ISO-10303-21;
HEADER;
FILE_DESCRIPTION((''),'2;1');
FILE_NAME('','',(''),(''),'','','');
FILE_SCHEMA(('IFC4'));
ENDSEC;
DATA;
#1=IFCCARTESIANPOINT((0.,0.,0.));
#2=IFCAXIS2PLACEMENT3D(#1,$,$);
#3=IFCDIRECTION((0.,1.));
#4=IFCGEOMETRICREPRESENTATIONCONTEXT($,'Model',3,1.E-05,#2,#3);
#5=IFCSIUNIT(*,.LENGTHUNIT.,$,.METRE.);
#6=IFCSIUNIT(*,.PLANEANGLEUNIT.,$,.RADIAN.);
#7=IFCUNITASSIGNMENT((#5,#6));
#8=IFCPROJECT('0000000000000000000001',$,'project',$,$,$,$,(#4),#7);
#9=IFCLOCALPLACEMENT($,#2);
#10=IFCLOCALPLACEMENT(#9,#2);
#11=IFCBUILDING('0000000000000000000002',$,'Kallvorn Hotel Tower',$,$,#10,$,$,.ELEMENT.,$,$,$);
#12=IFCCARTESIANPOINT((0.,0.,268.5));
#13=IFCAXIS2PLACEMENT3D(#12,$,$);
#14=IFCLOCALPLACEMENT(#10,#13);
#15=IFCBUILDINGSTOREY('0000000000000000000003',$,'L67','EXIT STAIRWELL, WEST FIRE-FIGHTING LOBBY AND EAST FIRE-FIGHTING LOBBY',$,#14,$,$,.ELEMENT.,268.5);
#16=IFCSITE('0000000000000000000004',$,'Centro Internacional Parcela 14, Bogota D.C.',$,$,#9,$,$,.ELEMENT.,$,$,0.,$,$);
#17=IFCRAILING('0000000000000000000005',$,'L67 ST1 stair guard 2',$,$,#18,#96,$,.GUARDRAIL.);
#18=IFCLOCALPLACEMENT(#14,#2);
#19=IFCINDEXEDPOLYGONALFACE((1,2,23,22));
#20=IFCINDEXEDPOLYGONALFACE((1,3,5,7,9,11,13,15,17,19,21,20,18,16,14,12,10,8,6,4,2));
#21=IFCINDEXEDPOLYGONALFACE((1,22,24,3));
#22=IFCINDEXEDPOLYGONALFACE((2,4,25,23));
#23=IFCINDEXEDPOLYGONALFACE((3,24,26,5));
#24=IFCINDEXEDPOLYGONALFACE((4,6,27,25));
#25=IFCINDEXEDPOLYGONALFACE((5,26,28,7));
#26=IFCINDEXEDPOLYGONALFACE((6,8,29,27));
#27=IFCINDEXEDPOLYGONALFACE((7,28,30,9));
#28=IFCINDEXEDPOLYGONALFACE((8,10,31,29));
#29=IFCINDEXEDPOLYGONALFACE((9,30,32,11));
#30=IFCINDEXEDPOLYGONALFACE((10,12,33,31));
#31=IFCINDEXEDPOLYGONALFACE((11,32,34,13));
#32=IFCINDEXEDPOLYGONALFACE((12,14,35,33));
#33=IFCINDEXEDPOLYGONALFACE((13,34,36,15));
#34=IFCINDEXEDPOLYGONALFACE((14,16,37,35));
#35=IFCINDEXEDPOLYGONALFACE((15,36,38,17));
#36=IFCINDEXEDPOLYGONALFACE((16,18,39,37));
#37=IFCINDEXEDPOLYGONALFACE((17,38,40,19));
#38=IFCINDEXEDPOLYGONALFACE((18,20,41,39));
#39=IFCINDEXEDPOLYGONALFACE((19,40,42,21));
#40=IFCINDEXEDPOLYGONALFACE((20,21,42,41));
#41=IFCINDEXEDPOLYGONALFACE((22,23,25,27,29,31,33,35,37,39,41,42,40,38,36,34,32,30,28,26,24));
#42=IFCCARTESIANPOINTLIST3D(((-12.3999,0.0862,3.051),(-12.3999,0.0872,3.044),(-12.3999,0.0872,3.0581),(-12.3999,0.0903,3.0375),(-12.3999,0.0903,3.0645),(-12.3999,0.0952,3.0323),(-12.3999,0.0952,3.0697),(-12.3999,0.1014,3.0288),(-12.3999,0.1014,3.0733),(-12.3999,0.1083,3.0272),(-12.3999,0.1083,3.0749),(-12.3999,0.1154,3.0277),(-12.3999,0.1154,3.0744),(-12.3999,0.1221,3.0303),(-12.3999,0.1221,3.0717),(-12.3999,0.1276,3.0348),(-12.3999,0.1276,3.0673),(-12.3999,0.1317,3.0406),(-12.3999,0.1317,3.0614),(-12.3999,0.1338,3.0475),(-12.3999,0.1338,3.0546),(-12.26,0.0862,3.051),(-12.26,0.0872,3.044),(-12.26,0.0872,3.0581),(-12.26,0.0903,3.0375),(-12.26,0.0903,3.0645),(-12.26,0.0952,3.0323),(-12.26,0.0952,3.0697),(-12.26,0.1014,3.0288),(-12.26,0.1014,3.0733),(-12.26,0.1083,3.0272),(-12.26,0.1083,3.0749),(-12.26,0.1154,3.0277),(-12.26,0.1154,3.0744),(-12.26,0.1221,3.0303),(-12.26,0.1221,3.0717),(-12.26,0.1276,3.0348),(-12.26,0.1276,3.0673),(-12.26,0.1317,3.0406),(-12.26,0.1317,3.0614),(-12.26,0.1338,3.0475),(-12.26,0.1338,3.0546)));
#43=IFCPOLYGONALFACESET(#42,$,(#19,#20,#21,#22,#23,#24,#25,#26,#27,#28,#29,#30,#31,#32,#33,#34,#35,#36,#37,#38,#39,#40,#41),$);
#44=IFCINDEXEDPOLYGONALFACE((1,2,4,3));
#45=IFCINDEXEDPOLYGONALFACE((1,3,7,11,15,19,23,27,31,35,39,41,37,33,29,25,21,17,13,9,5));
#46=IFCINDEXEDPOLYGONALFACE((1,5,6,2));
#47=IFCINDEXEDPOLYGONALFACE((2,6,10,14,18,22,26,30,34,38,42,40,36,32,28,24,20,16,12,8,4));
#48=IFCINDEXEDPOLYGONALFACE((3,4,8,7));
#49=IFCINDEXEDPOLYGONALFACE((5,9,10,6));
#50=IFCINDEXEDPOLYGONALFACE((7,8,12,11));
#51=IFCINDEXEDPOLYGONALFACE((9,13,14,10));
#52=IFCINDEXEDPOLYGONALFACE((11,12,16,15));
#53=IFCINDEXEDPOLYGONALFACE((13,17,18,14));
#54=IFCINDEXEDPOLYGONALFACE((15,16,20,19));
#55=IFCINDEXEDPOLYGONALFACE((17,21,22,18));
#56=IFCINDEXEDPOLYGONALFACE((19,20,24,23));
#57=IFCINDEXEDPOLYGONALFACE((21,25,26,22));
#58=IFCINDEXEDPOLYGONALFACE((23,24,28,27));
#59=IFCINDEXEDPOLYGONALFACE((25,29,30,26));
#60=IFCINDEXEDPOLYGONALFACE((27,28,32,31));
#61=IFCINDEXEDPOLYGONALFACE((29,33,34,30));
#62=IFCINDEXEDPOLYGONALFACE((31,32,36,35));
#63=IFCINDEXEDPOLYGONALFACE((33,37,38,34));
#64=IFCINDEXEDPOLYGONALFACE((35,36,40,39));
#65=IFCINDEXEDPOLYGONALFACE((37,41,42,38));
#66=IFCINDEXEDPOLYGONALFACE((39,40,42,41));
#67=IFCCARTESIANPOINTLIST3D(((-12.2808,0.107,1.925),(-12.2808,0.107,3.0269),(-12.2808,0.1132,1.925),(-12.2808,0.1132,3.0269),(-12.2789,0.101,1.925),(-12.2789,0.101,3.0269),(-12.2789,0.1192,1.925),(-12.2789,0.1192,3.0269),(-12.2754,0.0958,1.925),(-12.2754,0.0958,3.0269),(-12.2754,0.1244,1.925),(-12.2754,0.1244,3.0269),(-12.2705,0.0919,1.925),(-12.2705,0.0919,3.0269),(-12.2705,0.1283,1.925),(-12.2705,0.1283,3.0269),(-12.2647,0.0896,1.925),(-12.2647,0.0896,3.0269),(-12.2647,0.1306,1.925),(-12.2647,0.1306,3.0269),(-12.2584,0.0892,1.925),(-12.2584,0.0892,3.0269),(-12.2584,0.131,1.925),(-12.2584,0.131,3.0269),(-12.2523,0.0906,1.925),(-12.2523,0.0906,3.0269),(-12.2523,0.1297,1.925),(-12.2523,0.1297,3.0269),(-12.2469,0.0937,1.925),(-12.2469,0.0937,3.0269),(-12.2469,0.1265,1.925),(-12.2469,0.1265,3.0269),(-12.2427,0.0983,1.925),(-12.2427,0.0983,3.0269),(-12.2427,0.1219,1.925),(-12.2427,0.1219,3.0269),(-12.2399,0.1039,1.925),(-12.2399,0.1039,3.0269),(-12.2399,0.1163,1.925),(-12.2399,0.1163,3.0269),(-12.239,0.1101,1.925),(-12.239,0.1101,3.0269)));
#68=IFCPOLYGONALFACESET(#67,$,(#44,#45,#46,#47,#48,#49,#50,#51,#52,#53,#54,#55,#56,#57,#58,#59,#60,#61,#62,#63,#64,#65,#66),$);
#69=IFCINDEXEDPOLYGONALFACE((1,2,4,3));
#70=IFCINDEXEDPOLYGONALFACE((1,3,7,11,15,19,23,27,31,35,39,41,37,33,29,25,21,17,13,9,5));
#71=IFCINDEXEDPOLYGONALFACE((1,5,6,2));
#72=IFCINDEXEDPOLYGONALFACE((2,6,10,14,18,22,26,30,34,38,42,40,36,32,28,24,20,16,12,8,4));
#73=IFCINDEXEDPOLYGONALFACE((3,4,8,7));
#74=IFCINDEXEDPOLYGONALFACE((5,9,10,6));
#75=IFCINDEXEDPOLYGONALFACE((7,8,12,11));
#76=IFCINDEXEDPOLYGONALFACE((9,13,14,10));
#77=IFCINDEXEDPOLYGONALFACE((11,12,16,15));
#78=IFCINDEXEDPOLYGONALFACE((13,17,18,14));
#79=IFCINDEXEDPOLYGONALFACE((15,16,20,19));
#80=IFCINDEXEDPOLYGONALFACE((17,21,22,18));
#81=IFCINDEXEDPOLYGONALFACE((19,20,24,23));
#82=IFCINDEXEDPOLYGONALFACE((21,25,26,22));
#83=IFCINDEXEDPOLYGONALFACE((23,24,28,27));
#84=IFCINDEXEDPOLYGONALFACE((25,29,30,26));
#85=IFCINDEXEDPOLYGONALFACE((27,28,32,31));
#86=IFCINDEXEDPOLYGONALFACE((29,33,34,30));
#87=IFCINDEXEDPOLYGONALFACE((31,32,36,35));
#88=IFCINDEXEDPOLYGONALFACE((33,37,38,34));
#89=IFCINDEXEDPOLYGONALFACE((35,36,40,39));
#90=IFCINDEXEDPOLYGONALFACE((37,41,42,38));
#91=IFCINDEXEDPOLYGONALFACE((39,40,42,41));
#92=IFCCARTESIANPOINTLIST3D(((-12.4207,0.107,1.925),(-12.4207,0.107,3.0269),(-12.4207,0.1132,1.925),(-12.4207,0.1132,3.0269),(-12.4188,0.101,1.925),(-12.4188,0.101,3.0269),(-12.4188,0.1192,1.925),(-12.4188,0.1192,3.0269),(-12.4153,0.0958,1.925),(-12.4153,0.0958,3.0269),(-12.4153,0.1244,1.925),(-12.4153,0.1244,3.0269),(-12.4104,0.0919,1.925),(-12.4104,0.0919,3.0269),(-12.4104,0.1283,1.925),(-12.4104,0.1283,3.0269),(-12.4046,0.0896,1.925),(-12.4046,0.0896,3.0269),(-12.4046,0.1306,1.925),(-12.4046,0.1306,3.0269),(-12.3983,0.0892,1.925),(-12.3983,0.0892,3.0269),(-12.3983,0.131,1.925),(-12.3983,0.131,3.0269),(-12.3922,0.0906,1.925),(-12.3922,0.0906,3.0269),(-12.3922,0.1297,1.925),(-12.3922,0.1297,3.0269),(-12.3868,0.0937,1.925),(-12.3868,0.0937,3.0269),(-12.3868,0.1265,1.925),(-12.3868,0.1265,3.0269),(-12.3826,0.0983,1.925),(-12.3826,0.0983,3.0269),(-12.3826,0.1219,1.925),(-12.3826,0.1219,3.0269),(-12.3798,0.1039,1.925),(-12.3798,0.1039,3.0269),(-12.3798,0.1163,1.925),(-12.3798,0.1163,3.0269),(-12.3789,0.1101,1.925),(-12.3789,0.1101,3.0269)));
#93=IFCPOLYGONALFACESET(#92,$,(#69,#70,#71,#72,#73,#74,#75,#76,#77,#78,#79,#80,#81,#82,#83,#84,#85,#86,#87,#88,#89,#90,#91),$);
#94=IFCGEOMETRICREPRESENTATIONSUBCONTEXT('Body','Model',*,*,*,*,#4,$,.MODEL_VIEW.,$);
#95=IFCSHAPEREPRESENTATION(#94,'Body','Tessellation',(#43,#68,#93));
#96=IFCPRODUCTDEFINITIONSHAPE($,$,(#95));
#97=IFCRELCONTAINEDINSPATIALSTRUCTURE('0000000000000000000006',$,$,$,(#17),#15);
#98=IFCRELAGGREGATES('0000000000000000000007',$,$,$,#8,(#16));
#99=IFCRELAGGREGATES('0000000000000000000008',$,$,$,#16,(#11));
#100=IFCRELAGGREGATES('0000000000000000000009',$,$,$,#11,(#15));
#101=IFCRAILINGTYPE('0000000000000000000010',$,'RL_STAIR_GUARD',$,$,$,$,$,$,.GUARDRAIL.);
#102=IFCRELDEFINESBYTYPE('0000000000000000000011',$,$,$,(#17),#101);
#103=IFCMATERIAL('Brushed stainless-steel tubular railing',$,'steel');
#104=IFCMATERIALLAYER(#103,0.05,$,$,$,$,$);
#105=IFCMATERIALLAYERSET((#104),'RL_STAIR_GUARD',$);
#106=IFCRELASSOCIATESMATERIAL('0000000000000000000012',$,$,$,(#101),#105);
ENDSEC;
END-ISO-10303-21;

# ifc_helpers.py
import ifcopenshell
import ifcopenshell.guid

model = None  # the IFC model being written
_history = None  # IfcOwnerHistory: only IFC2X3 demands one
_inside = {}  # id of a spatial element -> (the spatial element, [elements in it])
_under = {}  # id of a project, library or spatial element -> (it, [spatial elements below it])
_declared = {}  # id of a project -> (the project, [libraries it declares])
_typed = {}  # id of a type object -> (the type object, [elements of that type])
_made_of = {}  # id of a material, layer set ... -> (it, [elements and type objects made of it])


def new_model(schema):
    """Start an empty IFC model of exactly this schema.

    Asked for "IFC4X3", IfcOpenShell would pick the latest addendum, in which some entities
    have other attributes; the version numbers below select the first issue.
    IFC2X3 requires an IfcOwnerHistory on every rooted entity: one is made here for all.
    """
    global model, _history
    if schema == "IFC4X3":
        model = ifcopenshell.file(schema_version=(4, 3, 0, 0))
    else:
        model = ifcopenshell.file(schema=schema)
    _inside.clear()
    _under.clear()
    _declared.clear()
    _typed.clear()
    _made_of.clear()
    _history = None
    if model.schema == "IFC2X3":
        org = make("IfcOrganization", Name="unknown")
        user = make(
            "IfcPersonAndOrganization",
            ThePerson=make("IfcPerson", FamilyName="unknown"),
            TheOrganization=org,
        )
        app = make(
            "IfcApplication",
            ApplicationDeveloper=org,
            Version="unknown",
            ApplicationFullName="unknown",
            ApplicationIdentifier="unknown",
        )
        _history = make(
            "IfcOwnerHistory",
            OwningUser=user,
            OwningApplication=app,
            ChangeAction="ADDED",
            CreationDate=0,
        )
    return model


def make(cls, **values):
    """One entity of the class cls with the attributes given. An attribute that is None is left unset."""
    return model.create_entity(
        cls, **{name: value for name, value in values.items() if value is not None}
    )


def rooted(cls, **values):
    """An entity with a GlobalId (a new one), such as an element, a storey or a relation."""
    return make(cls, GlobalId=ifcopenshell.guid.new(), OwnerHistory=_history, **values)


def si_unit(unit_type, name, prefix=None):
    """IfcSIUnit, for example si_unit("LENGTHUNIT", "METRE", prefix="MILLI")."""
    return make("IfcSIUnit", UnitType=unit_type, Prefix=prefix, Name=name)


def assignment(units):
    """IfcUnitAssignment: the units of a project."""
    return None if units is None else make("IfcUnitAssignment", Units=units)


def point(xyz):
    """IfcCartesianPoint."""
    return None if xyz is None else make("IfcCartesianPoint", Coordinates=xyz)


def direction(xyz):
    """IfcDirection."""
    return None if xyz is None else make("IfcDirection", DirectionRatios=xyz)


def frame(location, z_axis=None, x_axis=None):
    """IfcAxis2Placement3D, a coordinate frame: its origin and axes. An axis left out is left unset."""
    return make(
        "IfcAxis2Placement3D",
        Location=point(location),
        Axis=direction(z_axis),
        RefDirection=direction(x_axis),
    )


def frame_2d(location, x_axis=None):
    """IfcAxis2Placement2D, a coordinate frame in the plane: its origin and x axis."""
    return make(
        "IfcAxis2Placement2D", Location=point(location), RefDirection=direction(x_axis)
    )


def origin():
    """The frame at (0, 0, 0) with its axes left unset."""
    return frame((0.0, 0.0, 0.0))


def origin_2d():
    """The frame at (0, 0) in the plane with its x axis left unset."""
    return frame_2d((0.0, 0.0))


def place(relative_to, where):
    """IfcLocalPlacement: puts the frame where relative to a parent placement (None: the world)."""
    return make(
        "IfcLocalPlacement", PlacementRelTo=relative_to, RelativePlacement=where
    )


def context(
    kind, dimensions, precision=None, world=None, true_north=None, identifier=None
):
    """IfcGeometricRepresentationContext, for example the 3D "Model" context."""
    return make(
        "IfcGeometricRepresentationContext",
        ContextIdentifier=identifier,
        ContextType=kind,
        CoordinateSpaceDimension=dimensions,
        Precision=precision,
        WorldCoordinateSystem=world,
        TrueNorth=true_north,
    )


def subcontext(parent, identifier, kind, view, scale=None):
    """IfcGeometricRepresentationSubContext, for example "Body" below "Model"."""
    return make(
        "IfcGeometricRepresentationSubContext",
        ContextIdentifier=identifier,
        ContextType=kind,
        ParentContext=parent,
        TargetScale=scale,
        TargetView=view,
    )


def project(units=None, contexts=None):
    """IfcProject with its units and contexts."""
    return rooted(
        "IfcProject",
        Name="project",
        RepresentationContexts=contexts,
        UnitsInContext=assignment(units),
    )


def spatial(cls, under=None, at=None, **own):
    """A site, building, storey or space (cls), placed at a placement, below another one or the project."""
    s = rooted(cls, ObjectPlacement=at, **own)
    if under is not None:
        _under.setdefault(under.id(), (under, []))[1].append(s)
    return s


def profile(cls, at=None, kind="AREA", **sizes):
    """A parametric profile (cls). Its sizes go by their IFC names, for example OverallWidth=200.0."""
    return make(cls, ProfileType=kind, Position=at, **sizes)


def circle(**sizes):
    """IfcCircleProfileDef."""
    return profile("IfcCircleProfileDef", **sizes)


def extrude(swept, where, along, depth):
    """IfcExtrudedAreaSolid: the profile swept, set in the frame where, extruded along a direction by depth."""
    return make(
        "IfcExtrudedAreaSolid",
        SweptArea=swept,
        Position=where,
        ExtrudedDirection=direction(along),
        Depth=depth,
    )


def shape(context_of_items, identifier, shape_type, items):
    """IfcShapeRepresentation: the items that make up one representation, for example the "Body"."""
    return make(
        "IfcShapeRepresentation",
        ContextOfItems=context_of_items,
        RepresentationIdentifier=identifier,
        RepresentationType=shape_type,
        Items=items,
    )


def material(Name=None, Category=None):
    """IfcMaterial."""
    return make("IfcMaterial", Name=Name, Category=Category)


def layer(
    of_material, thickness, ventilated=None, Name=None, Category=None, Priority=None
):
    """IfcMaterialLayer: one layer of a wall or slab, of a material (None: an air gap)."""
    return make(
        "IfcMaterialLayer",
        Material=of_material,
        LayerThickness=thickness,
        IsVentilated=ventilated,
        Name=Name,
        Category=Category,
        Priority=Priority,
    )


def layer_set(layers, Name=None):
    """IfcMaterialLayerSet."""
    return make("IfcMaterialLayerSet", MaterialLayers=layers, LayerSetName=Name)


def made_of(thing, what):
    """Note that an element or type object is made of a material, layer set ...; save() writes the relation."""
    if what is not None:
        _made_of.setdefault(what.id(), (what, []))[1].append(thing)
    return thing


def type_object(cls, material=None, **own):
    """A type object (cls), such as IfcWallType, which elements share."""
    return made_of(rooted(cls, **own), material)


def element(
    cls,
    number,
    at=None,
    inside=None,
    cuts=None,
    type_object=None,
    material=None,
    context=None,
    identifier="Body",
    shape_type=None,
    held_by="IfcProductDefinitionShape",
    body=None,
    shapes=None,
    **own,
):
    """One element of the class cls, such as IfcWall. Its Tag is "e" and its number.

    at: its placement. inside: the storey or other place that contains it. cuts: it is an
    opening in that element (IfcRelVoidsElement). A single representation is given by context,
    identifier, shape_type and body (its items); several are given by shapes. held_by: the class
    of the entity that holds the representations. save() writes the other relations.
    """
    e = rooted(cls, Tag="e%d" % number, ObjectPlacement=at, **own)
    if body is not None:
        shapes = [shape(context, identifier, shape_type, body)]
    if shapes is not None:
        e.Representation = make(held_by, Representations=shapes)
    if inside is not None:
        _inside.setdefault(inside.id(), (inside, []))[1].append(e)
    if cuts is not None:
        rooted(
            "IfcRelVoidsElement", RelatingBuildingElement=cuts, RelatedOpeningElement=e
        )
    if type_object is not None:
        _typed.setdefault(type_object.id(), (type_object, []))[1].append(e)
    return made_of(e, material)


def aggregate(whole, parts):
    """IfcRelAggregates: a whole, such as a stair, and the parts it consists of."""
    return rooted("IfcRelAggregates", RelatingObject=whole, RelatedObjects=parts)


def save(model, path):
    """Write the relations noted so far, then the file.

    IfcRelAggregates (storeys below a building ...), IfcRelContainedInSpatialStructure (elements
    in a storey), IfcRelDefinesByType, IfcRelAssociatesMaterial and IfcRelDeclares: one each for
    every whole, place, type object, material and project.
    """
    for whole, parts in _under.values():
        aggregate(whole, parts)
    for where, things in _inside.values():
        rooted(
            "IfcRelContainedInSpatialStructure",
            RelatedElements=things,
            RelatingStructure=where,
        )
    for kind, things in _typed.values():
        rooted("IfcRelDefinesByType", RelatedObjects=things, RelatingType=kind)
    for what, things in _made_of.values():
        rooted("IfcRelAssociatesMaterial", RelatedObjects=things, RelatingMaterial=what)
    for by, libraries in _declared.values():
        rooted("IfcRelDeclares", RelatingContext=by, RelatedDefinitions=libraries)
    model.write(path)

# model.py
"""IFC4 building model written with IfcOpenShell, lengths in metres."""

from ifc_helpers import new_model, si_unit, direction, frame, origin, origin_2d, place, context, subcontext, project, spatial, circle, extrude, material, layer, layer_set, type_object, element, save


model = new_model("IFC4")

# Units and contexts
model_context = context("Model", 3, precision=1e-05, world=origin(), true_north=direction((0.0, 1.0)))
body_context = subcontext(model_context, "Body", "Model", "MODEL_VIEW")
ifc_project = project(units=[si_unit("LENGTHUNIT", "METRE"), si_unit("PLANEANGLEUNIT", "RADIAN")], contexts=[model_context])

# Site, building, storey
site_placement = place(None, origin())
site = spatial("IfcSite", under=ifc_project, at=site_placement, Name="Centro Internacional Parcela 14, Bogota D.C.", CompositionType="ELEMENT", RefElevation=0.0)
building_placement = place(site_placement, origin())
building = spatial("IfcBuilding", under=site, at=building_placement, Name="Kallvorn Hotel Tower", CompositionType="ELEMENT")
storey_placement = place(building_placement, frame((0.0, 0.0, 268.5)))
storey = spatial("IfcBuildingStorey", under=building, at=storey_placement, Name="L67", Description="EXIT STAIRWELL, WEST FIRE-FIGHTING LOBBY AND EAST FIRE-FIGHTING LOBBY", CompositionType="ELEMENT", Elevation=268.5)

# Railing
ifc_material_1 = material(Name="Brushed stainless-steel tubular railing", Category="steel")
ifc_layer_1 = layer(ifc_material_1, 0.05)
ifc_layer_set_1 = layer_set([ifc_layer_1], Name="RL_STAIR_GUARD")
railing_type_1 = type_object("IfcRailingType", Name="RL_STAIR_GUARD", PredefinedType="GUARDRAIL", material=ifc_layer_set_1)
railing_1_placement = place(storey_placement, frame((-12.26, 0.1101, 1.925)))
element("IfcRailing", 1, at=railing_1_placement, inside=storey, type_object=railing_type_1, Name="L67 ST1 stair guard 2", PredefinedType="GUARDRAIL", context=body_context, shape_type="SweptSolid", body=[
    extrude(circle(Radius=0.0239, at=origin_2d()), frame((0.0, 0.0, 1.126), z_axis=(-1.0, 0.0, 0.0), x_axis=(0.0, -1.0, 0.0)), (0.0, 0.0, 1.0), 0.1399),
    extrude(circle(Radius=0.021, at=origin_2d()), origin(), (0.0, 0.0, 1.0), 1.1018),
    extrude(circle(Radius=0.021, at=origin_2d()), frame((-0.1399, 0.0, 0.0)), (0.0, 0.0, 1.0), 1.1018),
])

save(model, "model.ifc")
